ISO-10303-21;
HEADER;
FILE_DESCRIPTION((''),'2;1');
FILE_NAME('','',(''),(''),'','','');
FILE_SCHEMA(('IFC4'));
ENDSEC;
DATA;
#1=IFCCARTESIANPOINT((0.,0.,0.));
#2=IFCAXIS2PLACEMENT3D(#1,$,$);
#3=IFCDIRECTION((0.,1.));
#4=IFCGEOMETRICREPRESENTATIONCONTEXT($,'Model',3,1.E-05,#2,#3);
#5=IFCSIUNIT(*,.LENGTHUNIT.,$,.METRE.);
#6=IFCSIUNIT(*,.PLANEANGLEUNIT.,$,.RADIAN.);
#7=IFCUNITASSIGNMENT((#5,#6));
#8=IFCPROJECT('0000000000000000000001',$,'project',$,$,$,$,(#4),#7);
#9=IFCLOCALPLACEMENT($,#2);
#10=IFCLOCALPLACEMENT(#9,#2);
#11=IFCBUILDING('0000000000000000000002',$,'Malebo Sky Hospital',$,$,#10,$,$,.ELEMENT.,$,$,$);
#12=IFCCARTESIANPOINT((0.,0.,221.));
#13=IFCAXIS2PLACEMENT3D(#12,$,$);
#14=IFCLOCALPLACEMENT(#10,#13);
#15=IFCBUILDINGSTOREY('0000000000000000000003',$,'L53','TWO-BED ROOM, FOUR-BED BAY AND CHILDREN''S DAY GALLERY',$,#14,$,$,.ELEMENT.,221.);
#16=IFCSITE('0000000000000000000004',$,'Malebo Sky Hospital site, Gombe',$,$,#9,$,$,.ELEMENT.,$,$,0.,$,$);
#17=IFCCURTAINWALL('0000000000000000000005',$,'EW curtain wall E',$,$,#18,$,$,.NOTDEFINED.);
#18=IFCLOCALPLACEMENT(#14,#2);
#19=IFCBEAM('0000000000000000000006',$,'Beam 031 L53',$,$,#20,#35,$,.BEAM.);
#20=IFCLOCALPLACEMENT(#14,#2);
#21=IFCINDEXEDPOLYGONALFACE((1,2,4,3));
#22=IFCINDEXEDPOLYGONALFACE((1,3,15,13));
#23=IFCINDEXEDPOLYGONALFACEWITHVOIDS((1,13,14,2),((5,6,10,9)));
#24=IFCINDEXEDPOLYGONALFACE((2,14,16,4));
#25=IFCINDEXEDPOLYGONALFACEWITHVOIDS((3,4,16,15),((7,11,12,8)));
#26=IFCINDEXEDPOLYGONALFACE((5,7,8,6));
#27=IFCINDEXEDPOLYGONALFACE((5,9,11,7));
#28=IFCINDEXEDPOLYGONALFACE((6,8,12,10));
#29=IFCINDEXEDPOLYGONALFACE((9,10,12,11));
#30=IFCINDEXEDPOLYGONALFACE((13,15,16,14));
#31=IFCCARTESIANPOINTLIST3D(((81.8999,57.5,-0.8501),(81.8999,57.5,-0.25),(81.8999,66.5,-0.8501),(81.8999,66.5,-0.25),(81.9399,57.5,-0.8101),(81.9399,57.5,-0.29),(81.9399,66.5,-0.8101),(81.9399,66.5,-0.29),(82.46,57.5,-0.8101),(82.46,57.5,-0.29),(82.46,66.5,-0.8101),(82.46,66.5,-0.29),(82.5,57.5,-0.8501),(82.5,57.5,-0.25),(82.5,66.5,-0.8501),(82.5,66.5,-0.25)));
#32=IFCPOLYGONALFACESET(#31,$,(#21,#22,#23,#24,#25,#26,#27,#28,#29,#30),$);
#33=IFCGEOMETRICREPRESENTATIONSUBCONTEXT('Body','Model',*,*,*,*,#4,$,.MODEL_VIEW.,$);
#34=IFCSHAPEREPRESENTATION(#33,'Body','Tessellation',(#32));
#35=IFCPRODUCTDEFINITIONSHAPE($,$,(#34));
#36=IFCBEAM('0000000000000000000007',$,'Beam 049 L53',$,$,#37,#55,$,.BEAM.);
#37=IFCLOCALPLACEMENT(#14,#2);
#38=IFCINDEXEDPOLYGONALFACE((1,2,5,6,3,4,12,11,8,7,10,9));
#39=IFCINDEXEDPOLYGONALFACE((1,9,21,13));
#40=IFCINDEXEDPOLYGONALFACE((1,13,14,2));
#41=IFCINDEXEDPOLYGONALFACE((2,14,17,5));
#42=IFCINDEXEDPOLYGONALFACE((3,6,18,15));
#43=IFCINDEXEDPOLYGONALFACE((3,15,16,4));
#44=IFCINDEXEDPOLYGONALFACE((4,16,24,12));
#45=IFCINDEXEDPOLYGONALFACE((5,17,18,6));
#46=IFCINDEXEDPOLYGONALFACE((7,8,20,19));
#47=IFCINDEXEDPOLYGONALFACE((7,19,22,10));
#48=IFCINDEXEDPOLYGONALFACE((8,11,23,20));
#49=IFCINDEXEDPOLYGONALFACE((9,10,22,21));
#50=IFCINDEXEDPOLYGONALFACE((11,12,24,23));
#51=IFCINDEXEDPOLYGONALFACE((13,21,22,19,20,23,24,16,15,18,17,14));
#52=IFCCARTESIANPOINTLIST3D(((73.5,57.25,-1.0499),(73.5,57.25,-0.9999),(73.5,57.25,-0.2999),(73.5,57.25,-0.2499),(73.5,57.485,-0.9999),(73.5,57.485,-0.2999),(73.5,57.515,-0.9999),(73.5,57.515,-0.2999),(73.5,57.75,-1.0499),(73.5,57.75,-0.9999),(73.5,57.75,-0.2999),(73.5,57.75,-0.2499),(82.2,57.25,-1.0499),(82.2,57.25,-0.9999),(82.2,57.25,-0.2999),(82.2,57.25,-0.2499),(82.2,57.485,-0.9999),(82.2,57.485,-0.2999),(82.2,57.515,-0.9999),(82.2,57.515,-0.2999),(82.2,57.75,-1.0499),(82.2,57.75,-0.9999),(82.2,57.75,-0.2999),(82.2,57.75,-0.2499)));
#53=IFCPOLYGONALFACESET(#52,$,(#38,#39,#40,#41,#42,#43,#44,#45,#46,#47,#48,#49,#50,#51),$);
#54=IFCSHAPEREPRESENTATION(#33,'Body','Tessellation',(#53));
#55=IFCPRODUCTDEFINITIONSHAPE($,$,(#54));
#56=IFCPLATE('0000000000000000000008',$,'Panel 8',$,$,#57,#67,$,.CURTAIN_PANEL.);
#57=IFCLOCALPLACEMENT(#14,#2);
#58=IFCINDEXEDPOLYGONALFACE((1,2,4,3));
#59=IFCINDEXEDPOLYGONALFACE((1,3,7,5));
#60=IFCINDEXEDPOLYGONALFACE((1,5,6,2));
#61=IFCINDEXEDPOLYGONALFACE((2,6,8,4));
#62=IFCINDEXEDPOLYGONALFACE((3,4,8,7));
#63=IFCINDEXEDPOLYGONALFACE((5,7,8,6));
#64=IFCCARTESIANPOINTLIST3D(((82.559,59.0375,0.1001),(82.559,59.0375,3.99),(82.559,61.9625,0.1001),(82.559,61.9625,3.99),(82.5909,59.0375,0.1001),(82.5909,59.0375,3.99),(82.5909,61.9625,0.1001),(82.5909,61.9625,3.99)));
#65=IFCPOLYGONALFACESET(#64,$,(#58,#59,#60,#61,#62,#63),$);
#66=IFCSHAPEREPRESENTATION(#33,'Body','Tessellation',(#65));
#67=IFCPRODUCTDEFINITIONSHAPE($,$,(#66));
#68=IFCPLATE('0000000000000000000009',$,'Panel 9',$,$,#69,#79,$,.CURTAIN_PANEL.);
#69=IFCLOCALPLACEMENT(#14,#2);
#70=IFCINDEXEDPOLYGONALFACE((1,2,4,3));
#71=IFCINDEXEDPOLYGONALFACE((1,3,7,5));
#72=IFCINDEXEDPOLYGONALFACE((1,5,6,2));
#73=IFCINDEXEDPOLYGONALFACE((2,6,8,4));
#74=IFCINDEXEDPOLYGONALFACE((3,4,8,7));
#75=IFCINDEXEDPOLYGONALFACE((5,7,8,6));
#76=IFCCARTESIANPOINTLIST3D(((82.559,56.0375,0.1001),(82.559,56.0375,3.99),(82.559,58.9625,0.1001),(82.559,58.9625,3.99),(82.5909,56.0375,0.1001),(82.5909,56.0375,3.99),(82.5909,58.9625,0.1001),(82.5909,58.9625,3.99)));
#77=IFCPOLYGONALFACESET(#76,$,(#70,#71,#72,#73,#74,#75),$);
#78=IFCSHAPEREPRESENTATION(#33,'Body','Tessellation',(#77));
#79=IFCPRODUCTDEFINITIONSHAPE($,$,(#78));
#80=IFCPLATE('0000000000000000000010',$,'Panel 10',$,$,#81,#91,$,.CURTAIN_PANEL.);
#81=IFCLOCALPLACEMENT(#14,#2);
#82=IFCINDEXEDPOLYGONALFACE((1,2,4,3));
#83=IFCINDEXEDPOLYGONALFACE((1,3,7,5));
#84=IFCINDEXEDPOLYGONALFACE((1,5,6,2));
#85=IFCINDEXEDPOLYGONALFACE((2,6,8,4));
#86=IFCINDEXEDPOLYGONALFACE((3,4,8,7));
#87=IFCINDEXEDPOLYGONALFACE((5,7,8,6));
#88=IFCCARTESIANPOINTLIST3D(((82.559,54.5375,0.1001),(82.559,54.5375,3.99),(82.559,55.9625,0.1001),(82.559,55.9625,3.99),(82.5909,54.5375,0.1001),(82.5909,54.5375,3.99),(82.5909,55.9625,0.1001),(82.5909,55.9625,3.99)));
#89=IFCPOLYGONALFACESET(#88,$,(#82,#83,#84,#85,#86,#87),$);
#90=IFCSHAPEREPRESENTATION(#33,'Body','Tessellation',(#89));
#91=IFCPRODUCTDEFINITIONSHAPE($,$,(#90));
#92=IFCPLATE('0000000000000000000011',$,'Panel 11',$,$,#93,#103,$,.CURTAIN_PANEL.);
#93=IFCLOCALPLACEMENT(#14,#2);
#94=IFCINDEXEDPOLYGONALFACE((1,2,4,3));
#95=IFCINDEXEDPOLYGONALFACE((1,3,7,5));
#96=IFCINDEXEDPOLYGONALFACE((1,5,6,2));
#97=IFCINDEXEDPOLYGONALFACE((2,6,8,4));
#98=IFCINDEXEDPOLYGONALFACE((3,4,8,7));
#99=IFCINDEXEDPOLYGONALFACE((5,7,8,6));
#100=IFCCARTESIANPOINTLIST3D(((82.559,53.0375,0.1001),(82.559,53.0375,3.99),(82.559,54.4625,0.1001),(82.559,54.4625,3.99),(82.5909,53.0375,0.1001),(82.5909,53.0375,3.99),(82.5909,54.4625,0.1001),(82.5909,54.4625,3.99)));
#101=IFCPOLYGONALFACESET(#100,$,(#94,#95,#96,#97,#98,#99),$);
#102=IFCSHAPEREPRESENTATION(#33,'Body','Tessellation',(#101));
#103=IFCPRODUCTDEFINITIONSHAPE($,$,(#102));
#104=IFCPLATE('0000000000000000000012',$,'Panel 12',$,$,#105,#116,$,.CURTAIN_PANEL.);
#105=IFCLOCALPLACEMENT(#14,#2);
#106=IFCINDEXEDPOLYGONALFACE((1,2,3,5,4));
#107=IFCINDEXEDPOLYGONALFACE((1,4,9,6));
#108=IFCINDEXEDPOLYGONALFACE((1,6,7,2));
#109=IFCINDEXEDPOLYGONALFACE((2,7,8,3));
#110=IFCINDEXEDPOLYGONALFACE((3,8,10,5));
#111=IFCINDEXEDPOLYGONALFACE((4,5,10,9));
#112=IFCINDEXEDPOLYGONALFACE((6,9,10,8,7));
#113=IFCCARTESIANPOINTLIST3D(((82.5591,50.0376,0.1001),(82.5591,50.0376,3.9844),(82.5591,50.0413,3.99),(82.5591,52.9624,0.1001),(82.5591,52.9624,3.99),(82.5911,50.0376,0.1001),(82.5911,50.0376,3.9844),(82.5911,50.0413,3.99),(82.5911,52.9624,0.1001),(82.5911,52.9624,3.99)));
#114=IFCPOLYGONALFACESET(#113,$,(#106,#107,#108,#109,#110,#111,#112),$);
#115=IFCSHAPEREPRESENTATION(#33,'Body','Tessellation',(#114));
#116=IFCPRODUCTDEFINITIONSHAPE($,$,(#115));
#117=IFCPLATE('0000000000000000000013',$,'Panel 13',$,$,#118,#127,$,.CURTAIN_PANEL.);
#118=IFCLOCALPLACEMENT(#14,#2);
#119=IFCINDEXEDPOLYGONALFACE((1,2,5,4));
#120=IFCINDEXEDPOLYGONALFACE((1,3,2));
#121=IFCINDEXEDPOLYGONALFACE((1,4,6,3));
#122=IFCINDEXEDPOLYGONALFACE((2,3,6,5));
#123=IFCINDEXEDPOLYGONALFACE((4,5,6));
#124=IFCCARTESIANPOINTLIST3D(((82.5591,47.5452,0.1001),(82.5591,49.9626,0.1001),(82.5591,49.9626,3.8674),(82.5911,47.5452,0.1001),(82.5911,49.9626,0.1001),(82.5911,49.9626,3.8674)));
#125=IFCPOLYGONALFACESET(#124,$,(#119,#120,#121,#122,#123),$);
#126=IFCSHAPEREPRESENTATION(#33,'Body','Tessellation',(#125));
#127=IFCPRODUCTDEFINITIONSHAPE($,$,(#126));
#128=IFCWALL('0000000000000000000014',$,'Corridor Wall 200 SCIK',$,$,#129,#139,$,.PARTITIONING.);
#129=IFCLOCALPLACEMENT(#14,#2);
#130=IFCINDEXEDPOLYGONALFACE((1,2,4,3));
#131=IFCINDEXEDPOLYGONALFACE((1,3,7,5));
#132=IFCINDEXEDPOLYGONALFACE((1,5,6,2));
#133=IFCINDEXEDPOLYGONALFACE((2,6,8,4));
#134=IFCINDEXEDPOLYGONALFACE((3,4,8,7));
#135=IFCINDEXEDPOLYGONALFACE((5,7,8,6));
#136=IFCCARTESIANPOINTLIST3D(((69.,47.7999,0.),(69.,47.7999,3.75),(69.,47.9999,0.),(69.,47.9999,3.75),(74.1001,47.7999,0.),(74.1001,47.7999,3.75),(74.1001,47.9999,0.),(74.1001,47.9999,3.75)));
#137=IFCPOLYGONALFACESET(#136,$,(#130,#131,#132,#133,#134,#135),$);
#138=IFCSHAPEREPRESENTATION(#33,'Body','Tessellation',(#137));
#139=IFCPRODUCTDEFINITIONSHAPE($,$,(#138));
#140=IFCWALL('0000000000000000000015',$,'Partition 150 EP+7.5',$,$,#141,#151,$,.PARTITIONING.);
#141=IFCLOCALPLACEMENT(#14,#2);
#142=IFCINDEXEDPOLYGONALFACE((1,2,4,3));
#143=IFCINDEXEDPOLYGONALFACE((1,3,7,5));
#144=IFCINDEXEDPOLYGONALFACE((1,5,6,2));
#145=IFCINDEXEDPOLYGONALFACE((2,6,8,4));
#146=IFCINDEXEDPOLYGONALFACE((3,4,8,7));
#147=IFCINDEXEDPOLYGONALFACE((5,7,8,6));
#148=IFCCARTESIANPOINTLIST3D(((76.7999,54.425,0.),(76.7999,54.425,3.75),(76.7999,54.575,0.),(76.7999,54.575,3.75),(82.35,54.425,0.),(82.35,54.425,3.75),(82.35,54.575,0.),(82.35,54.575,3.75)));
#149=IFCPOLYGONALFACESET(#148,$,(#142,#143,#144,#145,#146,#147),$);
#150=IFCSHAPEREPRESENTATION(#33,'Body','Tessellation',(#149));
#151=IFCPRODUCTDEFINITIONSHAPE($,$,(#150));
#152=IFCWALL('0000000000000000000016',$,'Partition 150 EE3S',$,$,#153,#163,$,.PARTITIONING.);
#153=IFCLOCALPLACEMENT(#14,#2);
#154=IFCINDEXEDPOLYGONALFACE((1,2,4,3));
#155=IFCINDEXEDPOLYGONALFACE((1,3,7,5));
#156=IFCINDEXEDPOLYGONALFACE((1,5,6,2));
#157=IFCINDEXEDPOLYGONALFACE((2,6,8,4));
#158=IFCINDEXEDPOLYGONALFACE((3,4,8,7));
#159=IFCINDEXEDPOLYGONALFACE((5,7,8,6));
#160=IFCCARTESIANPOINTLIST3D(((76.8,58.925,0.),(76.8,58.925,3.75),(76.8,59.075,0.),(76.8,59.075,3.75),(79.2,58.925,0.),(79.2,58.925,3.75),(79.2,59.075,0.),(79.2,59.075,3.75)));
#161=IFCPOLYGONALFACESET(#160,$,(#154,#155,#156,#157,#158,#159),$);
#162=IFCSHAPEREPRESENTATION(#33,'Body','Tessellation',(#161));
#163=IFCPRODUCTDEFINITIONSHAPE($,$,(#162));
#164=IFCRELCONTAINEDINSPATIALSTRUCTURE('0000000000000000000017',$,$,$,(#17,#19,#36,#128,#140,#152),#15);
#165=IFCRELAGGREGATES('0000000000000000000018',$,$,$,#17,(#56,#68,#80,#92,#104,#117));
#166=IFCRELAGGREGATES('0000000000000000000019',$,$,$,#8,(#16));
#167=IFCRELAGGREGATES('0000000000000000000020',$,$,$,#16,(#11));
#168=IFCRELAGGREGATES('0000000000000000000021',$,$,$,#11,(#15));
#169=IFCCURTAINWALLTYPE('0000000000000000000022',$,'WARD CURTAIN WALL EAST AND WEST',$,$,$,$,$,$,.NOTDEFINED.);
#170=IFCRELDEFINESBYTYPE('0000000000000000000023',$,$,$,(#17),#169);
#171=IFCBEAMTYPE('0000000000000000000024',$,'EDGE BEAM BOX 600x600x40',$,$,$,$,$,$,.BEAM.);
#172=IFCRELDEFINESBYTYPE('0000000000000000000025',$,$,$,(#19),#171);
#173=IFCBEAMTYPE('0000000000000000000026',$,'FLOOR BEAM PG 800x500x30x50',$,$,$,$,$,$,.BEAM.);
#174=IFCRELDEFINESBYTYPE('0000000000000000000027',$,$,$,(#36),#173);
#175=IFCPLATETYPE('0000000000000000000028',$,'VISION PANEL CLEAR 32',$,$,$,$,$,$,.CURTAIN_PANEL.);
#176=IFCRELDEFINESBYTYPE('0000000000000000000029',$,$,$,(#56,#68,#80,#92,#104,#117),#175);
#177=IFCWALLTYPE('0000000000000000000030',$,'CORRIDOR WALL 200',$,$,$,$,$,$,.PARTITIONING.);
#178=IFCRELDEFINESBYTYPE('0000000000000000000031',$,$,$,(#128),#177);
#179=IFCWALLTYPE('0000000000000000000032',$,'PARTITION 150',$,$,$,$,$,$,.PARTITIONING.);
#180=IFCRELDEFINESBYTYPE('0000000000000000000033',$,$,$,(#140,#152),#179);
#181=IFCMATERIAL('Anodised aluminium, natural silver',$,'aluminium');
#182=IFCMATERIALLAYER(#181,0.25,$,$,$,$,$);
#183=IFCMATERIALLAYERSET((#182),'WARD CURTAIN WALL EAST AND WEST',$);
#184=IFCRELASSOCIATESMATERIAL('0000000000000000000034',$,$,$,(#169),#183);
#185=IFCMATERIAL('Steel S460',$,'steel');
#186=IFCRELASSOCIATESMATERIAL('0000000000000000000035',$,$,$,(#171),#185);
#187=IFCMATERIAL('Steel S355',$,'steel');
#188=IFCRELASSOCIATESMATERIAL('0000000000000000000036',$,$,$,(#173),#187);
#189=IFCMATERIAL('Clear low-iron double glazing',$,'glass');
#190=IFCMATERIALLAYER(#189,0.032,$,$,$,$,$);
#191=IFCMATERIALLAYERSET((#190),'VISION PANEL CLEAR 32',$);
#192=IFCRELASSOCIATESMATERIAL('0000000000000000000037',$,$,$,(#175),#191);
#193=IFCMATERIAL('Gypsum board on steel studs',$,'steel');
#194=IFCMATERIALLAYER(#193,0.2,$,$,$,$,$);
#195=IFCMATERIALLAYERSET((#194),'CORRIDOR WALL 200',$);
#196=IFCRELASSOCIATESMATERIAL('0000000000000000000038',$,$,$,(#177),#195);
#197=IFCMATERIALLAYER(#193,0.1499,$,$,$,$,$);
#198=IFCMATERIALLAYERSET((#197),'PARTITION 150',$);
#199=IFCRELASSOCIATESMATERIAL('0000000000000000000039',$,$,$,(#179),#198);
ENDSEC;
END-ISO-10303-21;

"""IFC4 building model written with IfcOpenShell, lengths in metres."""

from ifc_helpers import new_model, si_unit, direction, frame, frame_2d, origin, origin_2d, place, context, subcontext, project, spatial, polyline, rectangle, hollow_rectangle, i_section, outline, extrude, material, layer, layer_set, material_profile, profile_set, type_object, element, aggregate, save


model = new_model("IFC4")

# Units and contexts
model_context = context("Model", 3, precision=1e-05, world=origin(), true_north=direction((0.0, 1.0)))
body_context = subcontext(model_context, "Body", "Model", "MODEL_VIEW")
ifc_project = project(units=[si_unit("LENGTHUNIT", "METRE"), si_unit("PLANEANGLEUNIT", "RADIAN")], contexts=[model_context])

# Site, building, storey
site_placement = place(None, origin())
site = spatial("IfcSite", under=ifc_project, at=site_placement, Name="Malebo Sky Hospital site, Gombe", CompositionType="ELEMENT", RefElevation=0.0)
building_placement = place(site_placement, origin())
building = spatial("IfcBuilding", under=site, at=building_placement, Name="Malebo Sky Hospital", CompositionType="ELEMENT")
storey_placement = place(building_placement, frame((0.0, 0.0, 221.0)))
storey = spatial("IfcBuildingStorey", under=building, at=storey_placement, Name="L53", Description="TWO-BED ROOM, FOUR-BED BAY AND CHILDREN'S DAY GALLERY", CompositionType="ELEMENT", Elevation=221.0)

# Shared definitions
ifc_material_1 = material(Name="Steel S460", Category="steel")

# Curtain wall
ifc_material_2 = material(Name="Anodised aluminium, natural silver", Category="aluminium")
ifc_layer_1 = layer(ifc_material_2, 0.25)
ifc_layer_set_1 = layer_set([ifc_layer_1], Name="WARD CURTAIN WALL EAST AND WEST")
curtain_wall_type = type_object("IfcCurtainWallType", Name="WARD CURTAIN WALL EAST AND WEST", PredefinedType="NOTDEFINED", material=ifc_layer_set_1)
curtain_wall_placement = place(storey_placement, origin())
curtain_wall = element("IfcCurtainWall", 1, at=curtain_wall_placement, inside=storey, type_object=curtain_wall_type, Name="EW curtain wall E", PredefinedType="NOTDEFINED")

# Beams
ifc_material_profile_1 = material_profile(ifc_material_1, hollow_rectangle(XDim=0.6001, YDim=0.6001, WallThickness=0.04, at=origin_2d()), Name="BOX 600x600x40")
ifc_profile_set_1 = profile_set([ifc_material_profile_1], Name="Steel S460")
beam_type_1 = type_object("IfcBeamType", Name="EDGE BEAM BOX 600x600x40", PredefinedType="BEAM", material=ifc_profile_set_1)
for number, where, z_axis, x_axis, name in (
    (2, (82.2, 57.5, -0.55), (0.0, 1.0, 0.0), (-1.0, 0.0, 0.0), "Beam 031 L53"),
):
    element("IfcBeam", number, at=place(storey_placement, frame(where, z_axis=z_axis, x_axis=x_axis)), inside=storey, type_object=beam_type_1, Name=name, PredefinedType="BEAM", context=body_context, shape_type="SweptSolid", body=[
        extrude(hollow_rectangle(XDim=0.6001, YDim=0.6001, WallThickness=0.04, at=origin_2d()), origin(), (0.0, 0.0, 1.0), 9.0),
    ])
ifc_material_3 = material(Name="Steel S355", Category="steel")
ifc_material_profile_2 = material_profile(ifc_material_3, i_section(OverallWidth=0.5, OverallDepth=0.8, WebThickness=0.03, FlangeThickness=0.05, at=origin_2d()), Name="PG 800x500x30x50")
ifc_profile_set_2 = profile_set([ifc_material_profile_2], Name="Steel S355")
beam_type_2 = type_object("IfcBeamType", Name="FLOOR BEAM PG 800x500x30x50", PredefinedType="BEAM", material=ifc_profile_set_2)
beam_placement = place(storey_placement, frame((73.5, 57.5, -0.6499), z_axis=(1.0, 0.0, 0.0), x_axis=(0.0, 1.0, 0.0)))
element("IfcBeam", 3, at=beam_placement, inside=storey, type_object=beam_type_2, Name="Beam 049 L53", PredefinedType="BEAM", context=body_context, shape_type="SweptSolid", body=[
    extrude(i_section(OverallWidth=0.5, OverallDepth=0.8, WebThickness=0.03, FlangeThickness=0.05, at=origin_2d()), origin(), (0.0, 0.0, 1.0), 8.7),
])

# Plates
ifc_material_4 = material(Name="Clear low-iron double glazing", Category="glass")
ifc_layer_2 = layer(ifc_material_4, 0.032)
ifc_layer_set_2 = layer_set([ifc_layer_2], Name="VISION PANEL CLEAR 32")
plate_type = type_object("IfcPlateType", Name="VISION PANEL CLEAR 32", PredefinedType="CURTAIN_PANEL", material=ifc_layer_set_2)
plate_1_placement = place(storey_placement, frame((82.575, 60.5, 0.1001), z_axis=(0.0, 0.0, 1.0), x_axis=(0.0, -1.0, 0.0)))
plate_1 = element("IfcPlate", 4, at=plate_1_placement, type_object=plate_type, Name="Panel 8", PredefinedType="CURTAIN_PANEL", context=body_context, shape_type="SweptSolid", body=[
    extrude(rectangle(XDim=2.925, YDim=0.032, at=origin_2d()), origin(), (0.0, 0.0, 1.0), 3.8899),
])
plate_2_placement = place(storey_placement, frame((82.575, 57.5, 0.1001), z_axis=(0.0, 0.0, 1.0), x_axis=(0.0, -1.0, 0.0)))
plate_2 = element("IfcPlate", 5, at=plate_2_placement, type_object=plate_type, Name="Panel 9", PredefinedType="CURTAIN_PANEL", context=body_context, shape_type="SweptSolid", body=[
    extrude(rectangle(XDim=2.925, YDim=0.032, at=origin_2d()), origin(), (0.0, 0.0, 1.0), 3.8899),
])
plate_3_placement = place(storey_placement, frame((82.575, 55.25, 0.1001), z_axis=(0.0, 0.0, 1.0), x_axis=(0.0, -1.0, 0.0)))
plate_3 = element("IfcPlate", 6, at=plate_3_placement, type_object=plate_type, Name="Panel 10", PredefinedType="CURTAIN_PANEL", context=body_context, shape_type="SweptSolid", body=[
    extrude(rectangle(XDim=1.425, YDim=0.032, at=origin_2d()), origin(), (0.0, 0.0, 1.0), 3.8899),
])
plate_4_placement = place(storey_placement, frame((82.575, 53.75, 0.1001), z_axis=(0.0, 0.0, 1.0), x_axis=(0.0, -1.0, 0.0)))
plate_4 = element("IfcPlate", 7, at=plate_4_placement, type_object=plate_type, Name="Panel 11", PredefinedType="CURTAIN_PANEL", context=body_context, shape_type="SweptSolid", body=[
    extrude(rectangle(XDim=1.425, YDim=0.032, at=origin_2d()), origin(), (0.0, 0.0, 1.0), 3.8899),
])
plate_5_placement = place(storey_placement, frame((82.575, 51.5, 0.1001), z_axis=(0.0, 0.0, 1.0), x_axis=(0.0, -1.0, 0.0)))
plate_5 = element("IfcPlate", 8, at=plate_5_placement, type_object=plate_type, Name="Panel 12", PredefinedType="CURTAIN_PANEL", context=body_context, shape_type="SweptSolid", body=[
    extrude(outline(polyline([(-1.4624, 0.0), (1.4624, 0.0), (1.4624, 3.8843), (1.4587, 3.8899), (-1.4624, 3.8899), (-1.4624, 0.0)])), frame((0.0, 0.0161, 0.0), z_axis=(0.0, -1.0, 0.0), x_axis=(1.0, 0.0, 0.0)), (0.0, 0.0, 1.0), 0.032),
])
plate_6_placement = place(storey_placement, frame((82.575, 48.7539, 0.1001), z_axis=(0.0, 0.0, 1.0), x_axis=(0.0, -1.0, 0.0)))
plate_6 = element("IfcPlate", 9, at=plate_6_placement, type_object=plate_type, Name="Panel 13", PredefinedType="CURTAIN_PANEL", context=body_context, shape_type="SweptSolid", body=[
    extrude(outline(polyline([(-1.2087, 0.0), (1.2087, 0.0), (-1.2087, 3.7673), (-1.2087, 0.0)])), frame((0.0, 0.0161, 0.0), z_axis=(0.0, -1.0, 0.0), x_axis=(1.0, 0.0, 0.0)), (0.0, 0.0, 1.0), 0.032),
])
aggregate(curtain_wall, [plate_1, plate_2, plate_3, plate_4, plate_5, plate_6])

# Walls
ifc_material_5 = material(Name="Gypsum board on steel studs", Category="steel")
ifc_layer_3 = layer(ifc_material_5, 0.2)
ifc_layer_set_3 = layer_set([ifc_layer_3], Name="CORRIDOR WALL 200")
wall_type_1 = type_object("IfcWallType", Name="CORRIDOR WALL 200", PredefinedType="PARTITIONING", material=ifc_layer_set_3)
wall_1_placement = place(storey_placement, frame((74.1001, 47.8999, 0.0), z_axis=(0.0, 0.0, 1.0), x_axis=(-1.0, 0.0, 0.0)))
element("IfcWall", 10, at=wall_1_placement, inside=storey, type_object=wall_type_1, Name="Corridor Wall 200 SCIK", PredefinedType="PARTITIONING", context=body_context, shape_type="SweptSolid", body=[
    extrude(rectangle(XDim=5.1001, YDim=0.2, at=frame_2d((2.55, 0.0))), origin(), (0.0, 0.0, 1.0), 3.75),
])
ifc_layer_4 = layer(ifc_material_5, 0.1499)
ifc_layer_set_4 = layer_set([ifc_layer_4], Name="PARTITION 150")
wall_type_2 = type_object("IfcWallType", Name="PARTITION 150", PredefinedType="PARTITIONING", material=ifc_layer_set_4)
wall_2_placement = place(storey_placement, frame((76.8, 54.5, 0.0), z_axis=(0.0, 0.0, 1.0), x_axis=(1.0, 0.0, 0.0)))
element("IfcWall", 11, at=wall_2_placement, inside=storey, type_object=wall_type_2, Name="Partition 150 EP+7.5", PredefinedType="PARTITIONING", context=body_context, shape_type="SweptSolid", body=[
    extrude(rectangle(XDim=5.55, YDim=0.1499, at=frame_2d((2.7749, 0.0))), origin(), (0.0, 0.0, 1.0), 3.75),
])
wall_3_placement = place(storey_placement, frame((76.8, 59.0, 0.0), z_axis=(0.0, 0.0, 1.0), x_axis=(1.0, 0.0, 0.0)))
element("IfcWall", 12, at=wall_3_placement, inside=storey, type_object=wall_type_2, Name="Partition 150 EE3S", PredefinedType="PARTITIONING", context=body_context, shape_type="SweptSolid", body=[
    extrude(rectangle(XDim=2.3999, YDim=0.1499, at=frame_2d((1.2, 0.0))), origin(), (0.0, 0.0, 1.0), 3.75),
])

save(model, "model.ifc")
